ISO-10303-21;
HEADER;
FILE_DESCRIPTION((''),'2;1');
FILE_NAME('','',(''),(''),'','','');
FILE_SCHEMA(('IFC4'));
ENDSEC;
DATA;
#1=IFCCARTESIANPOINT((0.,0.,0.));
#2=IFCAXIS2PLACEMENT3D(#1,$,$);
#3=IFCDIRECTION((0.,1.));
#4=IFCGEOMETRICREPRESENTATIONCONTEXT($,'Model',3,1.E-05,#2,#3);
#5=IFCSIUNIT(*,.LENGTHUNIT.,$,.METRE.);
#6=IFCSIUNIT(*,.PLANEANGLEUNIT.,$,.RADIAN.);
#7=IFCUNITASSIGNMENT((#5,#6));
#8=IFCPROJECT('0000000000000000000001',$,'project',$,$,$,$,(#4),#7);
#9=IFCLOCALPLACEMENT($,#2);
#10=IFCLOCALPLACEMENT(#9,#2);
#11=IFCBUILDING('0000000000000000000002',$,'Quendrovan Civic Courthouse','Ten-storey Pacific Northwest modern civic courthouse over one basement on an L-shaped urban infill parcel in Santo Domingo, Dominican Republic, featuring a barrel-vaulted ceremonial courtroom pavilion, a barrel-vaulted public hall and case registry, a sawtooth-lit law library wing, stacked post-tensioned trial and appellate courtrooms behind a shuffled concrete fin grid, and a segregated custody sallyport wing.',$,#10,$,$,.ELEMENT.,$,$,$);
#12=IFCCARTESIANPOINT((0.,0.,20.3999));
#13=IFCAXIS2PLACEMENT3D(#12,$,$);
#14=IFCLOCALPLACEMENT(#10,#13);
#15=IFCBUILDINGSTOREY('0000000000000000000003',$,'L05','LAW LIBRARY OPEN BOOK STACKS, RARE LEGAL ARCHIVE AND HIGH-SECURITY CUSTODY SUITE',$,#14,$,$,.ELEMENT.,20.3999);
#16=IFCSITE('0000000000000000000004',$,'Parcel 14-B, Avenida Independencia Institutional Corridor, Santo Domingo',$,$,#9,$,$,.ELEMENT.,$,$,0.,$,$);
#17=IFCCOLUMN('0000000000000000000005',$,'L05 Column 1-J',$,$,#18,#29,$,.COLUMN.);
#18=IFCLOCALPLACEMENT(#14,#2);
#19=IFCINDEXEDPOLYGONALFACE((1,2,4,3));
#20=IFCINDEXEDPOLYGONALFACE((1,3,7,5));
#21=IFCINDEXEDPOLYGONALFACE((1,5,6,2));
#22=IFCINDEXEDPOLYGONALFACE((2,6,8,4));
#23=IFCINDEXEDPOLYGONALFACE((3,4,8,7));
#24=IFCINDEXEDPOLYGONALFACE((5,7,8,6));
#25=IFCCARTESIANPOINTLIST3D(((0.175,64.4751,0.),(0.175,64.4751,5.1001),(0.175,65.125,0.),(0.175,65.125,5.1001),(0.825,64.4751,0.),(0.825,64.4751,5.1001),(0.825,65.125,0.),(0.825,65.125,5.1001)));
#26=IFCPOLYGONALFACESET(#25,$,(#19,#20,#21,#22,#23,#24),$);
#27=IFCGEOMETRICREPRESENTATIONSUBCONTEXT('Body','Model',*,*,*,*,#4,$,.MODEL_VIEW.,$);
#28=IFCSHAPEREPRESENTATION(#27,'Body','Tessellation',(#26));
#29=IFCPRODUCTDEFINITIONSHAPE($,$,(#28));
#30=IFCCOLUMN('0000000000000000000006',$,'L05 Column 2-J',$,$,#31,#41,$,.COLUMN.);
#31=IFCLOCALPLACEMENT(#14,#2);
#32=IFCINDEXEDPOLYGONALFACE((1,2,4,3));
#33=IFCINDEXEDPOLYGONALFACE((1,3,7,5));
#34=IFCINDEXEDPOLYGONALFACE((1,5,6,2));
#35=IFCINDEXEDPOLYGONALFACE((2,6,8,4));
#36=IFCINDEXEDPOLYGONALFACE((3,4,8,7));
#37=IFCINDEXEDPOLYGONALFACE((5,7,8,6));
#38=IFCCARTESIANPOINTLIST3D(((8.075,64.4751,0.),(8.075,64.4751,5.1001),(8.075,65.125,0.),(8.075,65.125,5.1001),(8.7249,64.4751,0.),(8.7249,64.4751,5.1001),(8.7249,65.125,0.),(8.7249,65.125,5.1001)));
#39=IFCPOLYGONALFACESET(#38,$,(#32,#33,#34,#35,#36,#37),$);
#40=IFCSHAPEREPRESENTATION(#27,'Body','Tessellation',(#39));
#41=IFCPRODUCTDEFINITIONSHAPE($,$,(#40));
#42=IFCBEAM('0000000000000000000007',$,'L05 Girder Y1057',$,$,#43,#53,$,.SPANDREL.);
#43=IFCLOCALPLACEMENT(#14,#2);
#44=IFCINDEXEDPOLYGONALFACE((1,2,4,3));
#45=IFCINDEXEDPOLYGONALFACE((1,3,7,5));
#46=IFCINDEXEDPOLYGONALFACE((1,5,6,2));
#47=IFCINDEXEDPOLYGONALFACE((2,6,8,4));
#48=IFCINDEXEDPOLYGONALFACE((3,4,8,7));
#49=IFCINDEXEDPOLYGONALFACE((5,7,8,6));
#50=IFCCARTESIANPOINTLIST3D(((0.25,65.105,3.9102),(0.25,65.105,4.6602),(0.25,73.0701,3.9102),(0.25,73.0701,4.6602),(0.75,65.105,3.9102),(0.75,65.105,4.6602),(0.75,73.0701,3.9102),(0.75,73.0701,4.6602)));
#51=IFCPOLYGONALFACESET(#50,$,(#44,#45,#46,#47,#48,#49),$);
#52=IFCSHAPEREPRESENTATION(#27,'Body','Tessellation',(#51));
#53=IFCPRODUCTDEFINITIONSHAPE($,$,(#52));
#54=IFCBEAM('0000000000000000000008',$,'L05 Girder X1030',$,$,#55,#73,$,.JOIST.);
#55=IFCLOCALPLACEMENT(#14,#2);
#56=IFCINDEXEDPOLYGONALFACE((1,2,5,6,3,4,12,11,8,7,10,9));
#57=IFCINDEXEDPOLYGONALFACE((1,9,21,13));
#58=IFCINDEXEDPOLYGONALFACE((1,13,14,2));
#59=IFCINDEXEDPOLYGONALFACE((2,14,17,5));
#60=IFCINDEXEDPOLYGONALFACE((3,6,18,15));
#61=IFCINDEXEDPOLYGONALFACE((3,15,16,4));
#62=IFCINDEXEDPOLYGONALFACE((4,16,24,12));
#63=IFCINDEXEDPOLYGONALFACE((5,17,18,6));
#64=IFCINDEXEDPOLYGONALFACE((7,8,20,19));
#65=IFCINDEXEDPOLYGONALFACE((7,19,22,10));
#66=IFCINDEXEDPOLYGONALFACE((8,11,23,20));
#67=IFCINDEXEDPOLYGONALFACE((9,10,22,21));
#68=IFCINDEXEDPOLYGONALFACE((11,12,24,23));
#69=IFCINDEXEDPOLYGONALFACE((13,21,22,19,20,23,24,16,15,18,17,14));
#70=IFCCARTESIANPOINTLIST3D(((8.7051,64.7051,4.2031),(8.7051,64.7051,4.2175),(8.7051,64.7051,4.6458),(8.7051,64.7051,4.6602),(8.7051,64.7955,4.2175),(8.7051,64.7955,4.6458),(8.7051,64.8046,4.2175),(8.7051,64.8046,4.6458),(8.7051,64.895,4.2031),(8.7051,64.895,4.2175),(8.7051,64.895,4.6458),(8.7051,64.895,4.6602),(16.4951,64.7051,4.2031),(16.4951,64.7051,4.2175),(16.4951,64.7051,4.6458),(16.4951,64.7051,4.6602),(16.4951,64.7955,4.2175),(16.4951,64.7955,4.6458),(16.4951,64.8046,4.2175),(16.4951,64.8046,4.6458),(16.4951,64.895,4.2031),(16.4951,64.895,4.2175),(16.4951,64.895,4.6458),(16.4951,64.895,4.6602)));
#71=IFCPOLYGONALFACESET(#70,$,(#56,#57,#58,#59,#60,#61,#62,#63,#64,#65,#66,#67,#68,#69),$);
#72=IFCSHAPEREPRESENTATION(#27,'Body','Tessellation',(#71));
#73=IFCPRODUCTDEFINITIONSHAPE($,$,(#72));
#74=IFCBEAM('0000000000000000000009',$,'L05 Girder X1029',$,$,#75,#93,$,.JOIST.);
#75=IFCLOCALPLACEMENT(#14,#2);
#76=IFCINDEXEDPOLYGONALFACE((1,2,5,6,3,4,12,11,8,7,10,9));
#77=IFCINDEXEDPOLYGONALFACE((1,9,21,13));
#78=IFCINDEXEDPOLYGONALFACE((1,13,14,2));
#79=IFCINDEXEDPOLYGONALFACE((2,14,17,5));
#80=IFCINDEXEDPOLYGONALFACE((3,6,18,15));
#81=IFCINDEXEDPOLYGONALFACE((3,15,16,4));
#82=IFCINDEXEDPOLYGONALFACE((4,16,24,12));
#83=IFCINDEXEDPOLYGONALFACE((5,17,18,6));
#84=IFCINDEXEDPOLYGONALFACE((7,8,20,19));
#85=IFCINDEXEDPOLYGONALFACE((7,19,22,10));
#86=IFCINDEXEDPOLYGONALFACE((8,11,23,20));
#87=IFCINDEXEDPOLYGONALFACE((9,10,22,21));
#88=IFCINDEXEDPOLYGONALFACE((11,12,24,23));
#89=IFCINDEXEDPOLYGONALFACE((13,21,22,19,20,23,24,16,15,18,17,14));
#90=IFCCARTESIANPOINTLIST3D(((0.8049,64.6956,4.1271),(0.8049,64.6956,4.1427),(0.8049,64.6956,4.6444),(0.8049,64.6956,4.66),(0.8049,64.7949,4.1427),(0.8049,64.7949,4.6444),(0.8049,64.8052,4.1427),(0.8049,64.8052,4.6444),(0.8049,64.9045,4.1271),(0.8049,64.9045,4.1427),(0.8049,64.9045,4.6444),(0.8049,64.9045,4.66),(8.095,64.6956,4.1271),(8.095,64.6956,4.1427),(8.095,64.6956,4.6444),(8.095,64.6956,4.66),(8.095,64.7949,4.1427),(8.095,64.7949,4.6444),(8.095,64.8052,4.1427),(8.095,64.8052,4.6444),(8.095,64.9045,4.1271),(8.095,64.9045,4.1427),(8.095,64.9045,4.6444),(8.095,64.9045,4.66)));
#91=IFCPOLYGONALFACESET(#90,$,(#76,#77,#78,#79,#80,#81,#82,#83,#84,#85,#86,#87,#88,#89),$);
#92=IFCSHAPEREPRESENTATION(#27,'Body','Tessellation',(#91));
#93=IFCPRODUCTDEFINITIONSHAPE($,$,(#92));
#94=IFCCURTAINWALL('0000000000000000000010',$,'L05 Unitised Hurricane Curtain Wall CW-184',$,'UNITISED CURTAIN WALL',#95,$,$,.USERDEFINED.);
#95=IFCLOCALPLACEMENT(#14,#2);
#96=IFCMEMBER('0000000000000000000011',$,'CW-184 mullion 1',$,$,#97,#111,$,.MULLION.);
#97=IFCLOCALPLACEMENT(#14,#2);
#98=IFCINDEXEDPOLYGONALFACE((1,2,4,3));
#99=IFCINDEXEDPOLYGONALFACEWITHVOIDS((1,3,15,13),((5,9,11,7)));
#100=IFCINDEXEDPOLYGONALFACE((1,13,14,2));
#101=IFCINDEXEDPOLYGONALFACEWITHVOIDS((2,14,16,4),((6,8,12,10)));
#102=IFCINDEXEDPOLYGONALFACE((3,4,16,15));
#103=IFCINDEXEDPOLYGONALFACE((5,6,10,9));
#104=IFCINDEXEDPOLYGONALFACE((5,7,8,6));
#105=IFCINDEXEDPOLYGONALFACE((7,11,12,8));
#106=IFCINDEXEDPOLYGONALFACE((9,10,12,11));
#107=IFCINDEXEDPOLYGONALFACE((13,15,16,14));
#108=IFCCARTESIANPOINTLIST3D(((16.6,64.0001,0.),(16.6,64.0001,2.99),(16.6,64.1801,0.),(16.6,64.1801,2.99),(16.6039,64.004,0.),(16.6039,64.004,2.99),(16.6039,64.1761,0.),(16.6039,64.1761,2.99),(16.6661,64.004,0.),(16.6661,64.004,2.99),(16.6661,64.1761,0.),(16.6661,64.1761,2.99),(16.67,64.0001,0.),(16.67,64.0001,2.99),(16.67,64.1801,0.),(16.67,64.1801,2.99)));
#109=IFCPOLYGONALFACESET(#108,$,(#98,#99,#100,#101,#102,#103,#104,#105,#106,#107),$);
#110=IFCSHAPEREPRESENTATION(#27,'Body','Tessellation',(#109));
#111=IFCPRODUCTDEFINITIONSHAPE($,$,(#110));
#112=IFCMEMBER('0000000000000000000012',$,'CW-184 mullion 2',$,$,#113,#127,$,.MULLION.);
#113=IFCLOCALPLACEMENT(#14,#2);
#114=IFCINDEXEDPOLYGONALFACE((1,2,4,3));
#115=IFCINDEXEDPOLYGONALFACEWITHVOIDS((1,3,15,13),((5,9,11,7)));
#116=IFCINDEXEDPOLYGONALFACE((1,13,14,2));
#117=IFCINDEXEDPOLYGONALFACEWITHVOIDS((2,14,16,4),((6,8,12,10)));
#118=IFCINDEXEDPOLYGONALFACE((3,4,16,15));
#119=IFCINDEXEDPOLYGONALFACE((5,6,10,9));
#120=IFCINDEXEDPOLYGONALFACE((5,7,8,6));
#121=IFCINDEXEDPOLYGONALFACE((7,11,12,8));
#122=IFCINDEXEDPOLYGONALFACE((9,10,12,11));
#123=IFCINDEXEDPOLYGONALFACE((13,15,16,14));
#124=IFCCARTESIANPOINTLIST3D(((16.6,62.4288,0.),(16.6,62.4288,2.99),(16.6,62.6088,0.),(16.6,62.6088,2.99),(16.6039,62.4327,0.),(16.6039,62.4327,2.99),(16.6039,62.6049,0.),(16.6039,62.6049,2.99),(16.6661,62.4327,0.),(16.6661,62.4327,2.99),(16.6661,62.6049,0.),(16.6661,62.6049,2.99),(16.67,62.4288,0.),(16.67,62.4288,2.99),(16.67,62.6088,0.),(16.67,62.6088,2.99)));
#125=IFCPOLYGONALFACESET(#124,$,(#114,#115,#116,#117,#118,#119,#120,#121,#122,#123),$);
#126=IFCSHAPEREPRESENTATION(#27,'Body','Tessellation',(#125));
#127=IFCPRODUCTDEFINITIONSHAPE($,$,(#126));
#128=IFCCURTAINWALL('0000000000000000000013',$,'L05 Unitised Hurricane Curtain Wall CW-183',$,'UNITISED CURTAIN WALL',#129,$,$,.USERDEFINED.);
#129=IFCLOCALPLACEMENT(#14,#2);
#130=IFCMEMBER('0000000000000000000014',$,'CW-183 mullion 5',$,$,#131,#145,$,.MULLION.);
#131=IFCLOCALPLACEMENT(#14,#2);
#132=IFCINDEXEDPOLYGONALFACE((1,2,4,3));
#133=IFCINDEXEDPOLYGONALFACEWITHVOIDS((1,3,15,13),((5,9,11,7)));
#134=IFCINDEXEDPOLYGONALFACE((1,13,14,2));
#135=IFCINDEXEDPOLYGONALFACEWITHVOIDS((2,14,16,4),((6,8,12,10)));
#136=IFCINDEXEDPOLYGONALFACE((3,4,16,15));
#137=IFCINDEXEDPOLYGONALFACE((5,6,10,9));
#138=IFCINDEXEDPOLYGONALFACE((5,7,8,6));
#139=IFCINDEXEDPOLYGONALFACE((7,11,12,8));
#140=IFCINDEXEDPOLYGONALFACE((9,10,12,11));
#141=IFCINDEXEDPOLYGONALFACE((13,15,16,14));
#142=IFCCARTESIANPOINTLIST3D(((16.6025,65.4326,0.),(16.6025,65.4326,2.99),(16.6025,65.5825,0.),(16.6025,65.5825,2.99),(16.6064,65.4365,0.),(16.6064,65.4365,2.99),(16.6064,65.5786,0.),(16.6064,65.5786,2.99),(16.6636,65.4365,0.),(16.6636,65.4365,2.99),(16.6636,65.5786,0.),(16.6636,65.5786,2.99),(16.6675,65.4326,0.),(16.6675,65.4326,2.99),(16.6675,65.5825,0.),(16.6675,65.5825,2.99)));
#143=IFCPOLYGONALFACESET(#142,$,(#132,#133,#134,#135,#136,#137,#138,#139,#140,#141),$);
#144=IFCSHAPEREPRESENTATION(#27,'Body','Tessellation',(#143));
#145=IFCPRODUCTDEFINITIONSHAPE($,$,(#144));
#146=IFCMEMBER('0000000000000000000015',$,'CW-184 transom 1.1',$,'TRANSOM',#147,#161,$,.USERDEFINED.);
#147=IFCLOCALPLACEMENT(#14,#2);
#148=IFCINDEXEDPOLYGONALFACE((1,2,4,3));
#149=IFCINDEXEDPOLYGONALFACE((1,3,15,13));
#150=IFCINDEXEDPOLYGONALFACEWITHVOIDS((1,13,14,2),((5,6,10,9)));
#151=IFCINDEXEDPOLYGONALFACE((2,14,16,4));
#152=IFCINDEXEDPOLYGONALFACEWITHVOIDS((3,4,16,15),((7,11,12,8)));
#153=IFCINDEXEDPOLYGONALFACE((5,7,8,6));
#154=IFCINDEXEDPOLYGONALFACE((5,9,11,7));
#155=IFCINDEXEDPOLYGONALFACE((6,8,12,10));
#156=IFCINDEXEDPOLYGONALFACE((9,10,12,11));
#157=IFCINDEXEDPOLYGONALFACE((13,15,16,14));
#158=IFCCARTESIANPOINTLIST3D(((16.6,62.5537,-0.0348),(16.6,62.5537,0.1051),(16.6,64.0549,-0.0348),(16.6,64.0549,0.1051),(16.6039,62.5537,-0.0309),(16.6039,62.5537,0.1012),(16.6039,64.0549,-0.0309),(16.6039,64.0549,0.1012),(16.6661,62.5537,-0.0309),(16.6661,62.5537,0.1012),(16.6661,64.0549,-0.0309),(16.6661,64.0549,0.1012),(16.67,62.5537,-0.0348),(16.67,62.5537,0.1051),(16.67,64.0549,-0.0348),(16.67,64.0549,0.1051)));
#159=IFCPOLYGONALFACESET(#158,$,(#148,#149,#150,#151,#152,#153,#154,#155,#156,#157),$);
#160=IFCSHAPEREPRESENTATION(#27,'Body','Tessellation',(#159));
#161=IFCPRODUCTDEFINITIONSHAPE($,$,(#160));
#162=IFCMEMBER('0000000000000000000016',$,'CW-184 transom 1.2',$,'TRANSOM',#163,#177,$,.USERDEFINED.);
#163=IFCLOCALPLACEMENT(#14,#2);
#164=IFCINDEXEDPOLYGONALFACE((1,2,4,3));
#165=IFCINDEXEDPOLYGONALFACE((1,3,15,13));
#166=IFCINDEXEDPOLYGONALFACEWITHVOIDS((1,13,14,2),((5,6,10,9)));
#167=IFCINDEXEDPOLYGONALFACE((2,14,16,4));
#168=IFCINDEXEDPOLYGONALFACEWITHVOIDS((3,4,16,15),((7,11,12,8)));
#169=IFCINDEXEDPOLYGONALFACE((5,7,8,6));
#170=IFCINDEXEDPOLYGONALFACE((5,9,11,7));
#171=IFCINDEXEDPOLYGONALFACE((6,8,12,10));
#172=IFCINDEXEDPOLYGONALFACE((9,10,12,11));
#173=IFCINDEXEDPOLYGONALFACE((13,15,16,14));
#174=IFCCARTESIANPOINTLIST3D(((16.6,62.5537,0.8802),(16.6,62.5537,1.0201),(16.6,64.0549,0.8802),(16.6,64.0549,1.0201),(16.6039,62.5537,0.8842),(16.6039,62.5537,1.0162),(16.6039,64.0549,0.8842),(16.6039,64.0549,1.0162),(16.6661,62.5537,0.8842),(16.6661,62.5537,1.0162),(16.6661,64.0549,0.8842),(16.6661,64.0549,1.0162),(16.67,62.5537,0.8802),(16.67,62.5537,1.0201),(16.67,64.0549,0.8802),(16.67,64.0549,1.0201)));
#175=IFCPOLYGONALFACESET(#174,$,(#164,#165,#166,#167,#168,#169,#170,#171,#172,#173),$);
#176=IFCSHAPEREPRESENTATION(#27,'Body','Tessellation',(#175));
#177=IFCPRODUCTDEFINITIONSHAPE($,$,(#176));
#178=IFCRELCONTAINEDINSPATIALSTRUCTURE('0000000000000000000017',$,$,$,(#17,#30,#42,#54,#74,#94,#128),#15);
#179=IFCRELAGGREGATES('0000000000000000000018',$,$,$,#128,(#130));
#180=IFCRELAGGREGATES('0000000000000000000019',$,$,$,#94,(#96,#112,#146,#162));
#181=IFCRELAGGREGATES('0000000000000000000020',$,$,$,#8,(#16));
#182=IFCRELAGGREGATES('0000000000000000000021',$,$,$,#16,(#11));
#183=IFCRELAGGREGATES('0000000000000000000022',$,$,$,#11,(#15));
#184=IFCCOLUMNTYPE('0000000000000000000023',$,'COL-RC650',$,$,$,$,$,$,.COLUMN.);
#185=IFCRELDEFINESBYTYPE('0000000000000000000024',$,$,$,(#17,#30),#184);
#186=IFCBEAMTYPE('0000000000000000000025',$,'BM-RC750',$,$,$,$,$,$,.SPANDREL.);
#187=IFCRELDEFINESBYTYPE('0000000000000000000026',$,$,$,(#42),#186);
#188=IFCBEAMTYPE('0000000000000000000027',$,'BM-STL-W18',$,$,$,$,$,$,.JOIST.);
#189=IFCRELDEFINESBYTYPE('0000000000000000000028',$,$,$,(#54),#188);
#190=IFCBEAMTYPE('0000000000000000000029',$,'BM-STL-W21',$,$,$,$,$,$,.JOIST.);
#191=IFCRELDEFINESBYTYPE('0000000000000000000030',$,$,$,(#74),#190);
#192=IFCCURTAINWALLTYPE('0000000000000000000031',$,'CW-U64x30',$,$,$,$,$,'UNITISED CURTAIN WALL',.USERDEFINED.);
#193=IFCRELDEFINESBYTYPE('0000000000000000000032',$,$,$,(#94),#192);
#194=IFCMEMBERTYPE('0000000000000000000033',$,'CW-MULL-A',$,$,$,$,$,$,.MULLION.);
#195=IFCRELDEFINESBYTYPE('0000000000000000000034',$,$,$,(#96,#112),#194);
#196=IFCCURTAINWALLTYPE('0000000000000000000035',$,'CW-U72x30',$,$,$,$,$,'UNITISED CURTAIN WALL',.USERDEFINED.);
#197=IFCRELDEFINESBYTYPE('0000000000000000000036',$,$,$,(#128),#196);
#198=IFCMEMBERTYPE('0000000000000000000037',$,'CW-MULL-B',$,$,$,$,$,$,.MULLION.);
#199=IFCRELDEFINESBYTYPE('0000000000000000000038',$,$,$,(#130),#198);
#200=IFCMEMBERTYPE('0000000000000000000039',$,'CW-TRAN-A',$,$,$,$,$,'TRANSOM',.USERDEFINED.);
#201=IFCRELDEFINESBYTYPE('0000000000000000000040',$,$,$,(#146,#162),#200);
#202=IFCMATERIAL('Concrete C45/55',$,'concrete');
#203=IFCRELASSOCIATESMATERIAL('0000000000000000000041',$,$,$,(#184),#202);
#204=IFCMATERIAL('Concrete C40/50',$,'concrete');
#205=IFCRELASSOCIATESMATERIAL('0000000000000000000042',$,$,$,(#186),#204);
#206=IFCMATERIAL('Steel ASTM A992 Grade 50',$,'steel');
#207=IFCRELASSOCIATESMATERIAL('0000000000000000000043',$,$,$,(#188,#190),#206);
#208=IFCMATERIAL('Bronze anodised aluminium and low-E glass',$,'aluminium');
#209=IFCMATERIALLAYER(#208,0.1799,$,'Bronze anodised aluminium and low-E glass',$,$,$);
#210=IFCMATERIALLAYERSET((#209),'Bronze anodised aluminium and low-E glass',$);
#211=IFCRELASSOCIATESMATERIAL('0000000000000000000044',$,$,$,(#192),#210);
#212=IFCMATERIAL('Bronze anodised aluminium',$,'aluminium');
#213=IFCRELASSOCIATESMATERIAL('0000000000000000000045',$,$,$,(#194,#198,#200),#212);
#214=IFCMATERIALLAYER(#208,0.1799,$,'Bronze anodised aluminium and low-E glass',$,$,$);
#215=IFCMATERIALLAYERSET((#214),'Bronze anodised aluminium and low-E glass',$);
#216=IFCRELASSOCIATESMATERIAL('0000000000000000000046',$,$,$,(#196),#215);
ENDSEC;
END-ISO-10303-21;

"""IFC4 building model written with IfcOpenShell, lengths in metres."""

from ifc_helpers import new_model, si_unit, direction, frame, origin, origin_2d, place, context, subcontext, project, spatial, rectangle, hollow_rectangle, i_section, extrude, material, layer, layer_set, material_profile, profile_set, type_object, element, aggregate, save


model = new_model("IFC4")

# Units and contexts
model_context = context("Model", 3, precision=1e-05, world=origin(), true_north=direction((0.0, 1.0)))
body_context = subcontext(model_context, "Body", "Model", "MODEL_VIEW")
ifc_project = project(units=[si_unit("LENGTHUNIT", "METRE"), si_unit("PLANEANGLEUNIT", "RADIAN")], contexts=[model_context])

# Site, building, storey
site_placement = place(None, origin())
site = spatial("IfcSite", under=ifc_project, at=site_placement, Name="Parcel 14-B, Avenida Independencia Institutional Corridor, Santo Domingo", CompositionType="ELEMENT", RefElevation=0.0)
building_placement = place(site_placement, origin())
building = spatial("IfcBuilding", under=site, at=building_placement, Name="Quendrovan Civic Courthouse", Description="Ten-storey Pacific Northwest modern civic courthouse over one basement on an L-shaped urban infill parcel in Santo Domingo, Dominican Republic, featuring a barrel-vaulted ceremonial courtroom pavilion, a barrel-vaulted public hall and case registry, a sawtooth-lit law library wing, stacked post-tensioned trial and appellate courtrooms behind a shuffled concrete fin grid, and a segregated custody sallyport wing.", CompositionType="ELEMENT")
storey_placement = place(building_placement, frame((0.0, 0.0, 20.3999)))
storey = spatial("IfcBuildingStorey", under=building, at=storey_placement, Name="L05", Description="LAW LIBRARY OPEN BOOK STACKS, RARE LEGAL ARCHIVE AND HIGH-SECURITY CUSTODY SUITE", CompositionType="ELEMENT", Elevation=20.3999)

# Columns
ifc_material_1 = material(Name="Concrete C45/55", Category="concrete")
ifc_material_profile_1 = material_profile(ifc_material_1, rectangle(XDim=0.6499, YDim=0.6499, at=origin_2d()), Name="RC-COL-650x650")
ifc_profile_set_1 = profile_set([ifc_material_profile_1], Name="Concrete C45/55")
column_type = type_object("IfcColumnType", Name="COL-RC650", PredefinedType="COLUMN", material=ifc_profile_set_1)
for number, where, z_axis, x_axis, name in (
    (1, (0.5, 64.8, 0.0), (0.0, 0.0, 1.0), (1.0, 0.0, 0.0), "L05 Column 1-J"),
    (2, (8.3999, 64.8, 0.0), (0.0, 0.0, 1.0), (1.0, 0.0, 0.0), "L05 Column 2-J"),
):
    element("IfcColumn", number, at=place(storey_placement, frame(where, z_axis=z_axis, x_axis=x_axis)), inside=storey, type_object=column_type, Name=name, PredefinedType="COLUMN", context=body_context, shape_type="SweptSolid", body=[
        extrude(rectangle(XDim=0.6499, YDim=0.6499, at=origin_2d()), origin(), (0.0, 0.0, 1.0), 5.1001),
    ])

# Beams
ifc_material_2 = material(Name="Concrete C40/50", Category="concrete")
ifc_material_profile_2 = material_profile(ifc_material_2, rectangle(XDim=0.5, YDim=0.75, at=origin_2d()), Name="RC-BM-500x750")
ifc_profile_set_2 = profile_set([ifc_material_profile_2], Name="Concrete C40/50")
beam_type_1 = type_object("IfcBeamType", Name="BM-RC750", PredefinedType="SPANDREL", material=ifc_profile_set_2)
beam_1_placement = place(storey_placement, frame((0.5, 65.105, 4.2852), z_axis=(0.0, 1.0, 0.0), x_axis=(-1.0, 0.0, 0.0)))
element("IfcBeam", 3, at=beam_1_placement, inside=storey, type_object=beam_type_1, Name="L05 Girder Y1057", PredefinedType="SPANDREL", context=body_context, shape_type="SweptSolid", body=[
    extrude(rectangle(XDim=0.5, YDim=0.75, at=origin_2d()), origin(), (0.0, 0.0, 1.0), 7.9651),
])
ifc_material_3 = material(Name="Steel ASTM A992 Grade 50", Category="steel")
ifc_material_profile_3 = material_profile(ifc_material_3, i_section(OverallWidth=0.1899, OverallDepth=0.457, WebThickness=0.009, FlangeThickness=0.0144, at=origin_2d()), Name="W18X50")
ifc_profile_set_3 = profile_set([ifc_material_profile_3], Name="Steel ASTM A992 Grade 50")
beam_type_2 = type_object("IfcBeamType", Name="BM-STL-W18", PredefinedType="JOIST", material=ifc_profile_set_3)
beam_2_placement = place(storey_placement, frame((8.7051, 64.8, 4.4316), z_axis=(1.0, 0.0, 0.0), x_axis=(0.0, 1.0, 0.0)))
element("IfcBeam", 4, at=beam_2_placement, inside=storey, type_object=beam_type_2, Name="L05 Girder X1030", PredefinedType="JOIST", context=body_context, shape_type="SweptSolid", body=[
    extrude(i_section(OverallWidth=0.1899, OverallDepth=0.457, WebThickness=0.009, FlangeThickness=0.0144, at=origin_2d()), origin(), (0.0, 0.0, 1.0), 7.79),
])
ifc_material_profile_4 = material_profile(ifc_material_3, i_section(OverallWidth=0.209, OverallDepth=0.533, WebThickness=0.0103, FlangeThickness=0.0156, at=origin_2d()), Name="W21X62")
ifc_profile_set_4 = profile_set([ifc_material_profile_4], Name="Steel ASTM A992 Grade 50")
beam_type_3 = type_object("IfcBeamType", Name="BM-STL-W21", PredefinedType="JOIST", material=ifc_profile_set_4)
beam_3_placement = place(storey_placement, frame((0.8049, 64.8, 4.3936), z_axis=(1.0, 0.0, 0.0), x_axis=(0.0, 1.0, 0.0)))
element("IfcBeam", 5, at=beam_3_placement, inside=storey, type_object=beam_type_3, Name="L05 Girder X1029", PredefinedType="JOIST", context=body_context, shape_type="SweptSolid", body=[
    extrude(i_section(OverallWidth=0.209, OverallDepth=0.533, WebThickness=0.0103, FlangeThickness=0.0156, at=origin_2d()), origin(), (0.0, 0.0, 1.0), 7.29),
])

# Curtain wall, members
ifc_material_4 = material(Name="Bronze anodised aluminium and low-E glass", Category="aluminium")
ifc_layer_1 = layer(ifc_material_4, 0.1799, Name="Bronze anodised aluminium and low-E glass")
ifc_layer_set_1 = layer_set([ifc_layer_1], Name="Bronze anodised aluminium and low-E glass")
curtain_wall_type_1 = type_object("IfcCurtainWallType", Name="CW-U64x30", ElementType="UNITISED CURTAIN WALL", PredefinedType="USERDEFINED", material=ifc_layer_set_1)
curtain_wall_1_placement = place(storey_placement, origin())
curtain_wall_1 = element("IfcCurtainWall", 6, at=curtain_wall_1_placement, inside=storey, type_object=curtain_wall_type_1, Name="L05 Unitised Hurricane Curtain Wall CW-184", ObjectType="UNITISED CURTAIN WALL", PredefinedType="USERDEFINED")
ifc_material_5 = material(Name="Bronze anodised aluminium", Category="aluminium")
ifc_material_profile_5 = material_profile(ifc_material_5, hollow_rectangle(XDim=0.0701, YDim=0.1799, WallThickness=0.0039, at=origin_2d()), Name="CW-MULL-70x180")
ifc_profile_set_5 = profile_set([ifc_material_profile_5], Name="Bronze anodised aluminium")
member_type_1 = type_object("IfcMemberType", Name="CW-MULL-A", PredefinedType="MULLION", material=ifc_profile_set_5)
member_1_placement = place(storey_placement, frame((16.635, 64.0901, 0.0), z_axis=(0.0, 0.0, 1.0), x_axis=(1.0, 0.0, 0.0)))
member_1 = element("IfcMember", 7, at=member_1_placement, type_object=member_type_1, Name="CW-184 mullion 1", PredefinedType="MULLION", context=body_context, shape_type="SweptSolid", body=[
    extrude(hollow_rectangle(XDim=0.0701, YDim=0.1799, WallThickness=0.0039, at=origin_2d()), origin(), (0.0, 0.0, 1.0), 2.99),
])
member_2_placement = place(storey_placement, frame((16.635, 62.5188, 0.0), z_axis=(0.0, 0.0, 1.0), x_axis=(1.0, 0.0, 0.0)))
member_2 = element("IfcMember", 8, at=member_2_placement, type_object=member_type_1, Name="CW-184 mullion 2", PredefinedType="MULLION", context=body_context, shape_type="SweptSolid", body=[
    extrude(hollow_rectangle(XDim=0.0701, YDim=0.1799, WallThickness=0.0039, at=origin_2d()), origin(), (0.0, 0.0, 1.0), 2.99),
])

# Curtain wall, member
ifc_layer_2 = layer(ifc_material_4, 0.1799, Name="Bronze anodised aluminium and low-E glass")
ifc_layer_set_2 = layer_set([ifc_layer_2], Name="Bronze anodised aluminium and low-E glass")
curtain_wall_type_2 = type_object("IfcCurtainWallType", Name="CW-U72x30", ElementType="UNITISED CURTAIN WALL", PredefinedType="USERDEFINED", material=ifc_layer_set_2)
curtain_wall_2_placement = place(storey_placement, origin())
curtain_wall_2 = element("IfcCurtainWall", 9, at=curtain_wall_2_placement, inside=storey, type_object=curtain_wall_type_2, Name="L05 Unitised Hurricane Curtain Wall CW-183", ObjectType="UNITISED CURTAIN WALL", PredefinedType="USERDEFINED")
ifc_material_profile_6 = material_profile(ifc_material_5, hollow_rectangle(XDim=0.0649, YDim=0.1499, WallThickness=0.0039, at=origin_2d()), Name="CW-MULL-65x150")
ifc_profile_set_6 = profile_set([ifc_material_profile_6], Name="Bronze anodised aluminium")
member_type_2 = type_object("IfcMemberType", Name="CW-MULL-B", PredefinedType="MULLION", material=ifc_profile_set_6)
member_3_placement = place(storey_placement, frame((16.635, 65.5076, 0.0), z_axis=(0.0, 0.0, 1.0), x_axis=(1.0, 0.0, 0.0)))
member_3 = element("IfcMember", 10, at=member_3_placement, type_object=member_type_2, Name="CW-183 mullion 5", PredefinedType="MULLION", context=body_context, shape_type="SweptSolid", body=[
    extrude(hollow_rectangle(XDim=0.0649, YDim=0.1499, WallThickness=0.0039, at=origin_2d()), origin(), (0.0, 0.0, 1.0), 2.99),
])
aggregate(curtain_wall_2, [member_3])

# Members
ifc_material_profile_7 = material_profile(ifc_material_5, hollow_rectangle(XDim=0.0701, YDim=0.1399, WallThickness=0.0039, at=origin_2d()), Name="CW-TRAN-70x140")
ifc_profile_set_7 = profile_set([ifc_material_profile_7], Name="Bronze anodised aluminium")
member_type_3 = type_object("IfcMemberType", Name="CW-TRAN-A", ElementType="TRANSOM", PredefinedType="USERDEFINED", material=ifc_profile_set_7)
member_4_placement = place(storey_placement, frame((16.635, 64.0549, 0.0352), z_axis=(0.0, -1.0, 0.0), x_axis=(1.0, 0.0, 0.0)))
member_4 = element("IfcMember", 11, at=member_4_placement, type_object=member_type_3, Name="CW-184 transom 1.1", ObjectType="TRANSOM", PredefinedType="USERDEFINED", context=body_context, shape_type="SweptSolid", body=[
    extrude(hollow_rectangle(XDim=0.0701, YDim=0.1399, WallThickness=0.0039, at=origin_2d()), origin(), (0.0, 0.0, 1.0), 1.5012),
])
member_5_placement = place(storey_placement, frame((16.635, 64.0549, 0.9502), z_axis=(0.0, -1.0, 0.0), x_axis=(1.0, 0.0, 0.0)))
member_5 = element("IfcMember", 12, at=member_5_placement, type_object=member_type_3, Name="CW-184 transom 1.2", ObjectType="TRANSOM", PredefinedType="USERDEFINED", context=body_context, shape_type="SweptSolid", body=[
    extrude(hollow_rectangle(XDim=0.0701, YDim=0.1399, WallThickness=0.0039, at=origin_2d()), origin(), (0.0, 0.0, 1.0), 1.5012),
])

aggregate(curtain_wall_1, [member_1, member_2, member_4, member_5])

save(model, "model.ifc")
